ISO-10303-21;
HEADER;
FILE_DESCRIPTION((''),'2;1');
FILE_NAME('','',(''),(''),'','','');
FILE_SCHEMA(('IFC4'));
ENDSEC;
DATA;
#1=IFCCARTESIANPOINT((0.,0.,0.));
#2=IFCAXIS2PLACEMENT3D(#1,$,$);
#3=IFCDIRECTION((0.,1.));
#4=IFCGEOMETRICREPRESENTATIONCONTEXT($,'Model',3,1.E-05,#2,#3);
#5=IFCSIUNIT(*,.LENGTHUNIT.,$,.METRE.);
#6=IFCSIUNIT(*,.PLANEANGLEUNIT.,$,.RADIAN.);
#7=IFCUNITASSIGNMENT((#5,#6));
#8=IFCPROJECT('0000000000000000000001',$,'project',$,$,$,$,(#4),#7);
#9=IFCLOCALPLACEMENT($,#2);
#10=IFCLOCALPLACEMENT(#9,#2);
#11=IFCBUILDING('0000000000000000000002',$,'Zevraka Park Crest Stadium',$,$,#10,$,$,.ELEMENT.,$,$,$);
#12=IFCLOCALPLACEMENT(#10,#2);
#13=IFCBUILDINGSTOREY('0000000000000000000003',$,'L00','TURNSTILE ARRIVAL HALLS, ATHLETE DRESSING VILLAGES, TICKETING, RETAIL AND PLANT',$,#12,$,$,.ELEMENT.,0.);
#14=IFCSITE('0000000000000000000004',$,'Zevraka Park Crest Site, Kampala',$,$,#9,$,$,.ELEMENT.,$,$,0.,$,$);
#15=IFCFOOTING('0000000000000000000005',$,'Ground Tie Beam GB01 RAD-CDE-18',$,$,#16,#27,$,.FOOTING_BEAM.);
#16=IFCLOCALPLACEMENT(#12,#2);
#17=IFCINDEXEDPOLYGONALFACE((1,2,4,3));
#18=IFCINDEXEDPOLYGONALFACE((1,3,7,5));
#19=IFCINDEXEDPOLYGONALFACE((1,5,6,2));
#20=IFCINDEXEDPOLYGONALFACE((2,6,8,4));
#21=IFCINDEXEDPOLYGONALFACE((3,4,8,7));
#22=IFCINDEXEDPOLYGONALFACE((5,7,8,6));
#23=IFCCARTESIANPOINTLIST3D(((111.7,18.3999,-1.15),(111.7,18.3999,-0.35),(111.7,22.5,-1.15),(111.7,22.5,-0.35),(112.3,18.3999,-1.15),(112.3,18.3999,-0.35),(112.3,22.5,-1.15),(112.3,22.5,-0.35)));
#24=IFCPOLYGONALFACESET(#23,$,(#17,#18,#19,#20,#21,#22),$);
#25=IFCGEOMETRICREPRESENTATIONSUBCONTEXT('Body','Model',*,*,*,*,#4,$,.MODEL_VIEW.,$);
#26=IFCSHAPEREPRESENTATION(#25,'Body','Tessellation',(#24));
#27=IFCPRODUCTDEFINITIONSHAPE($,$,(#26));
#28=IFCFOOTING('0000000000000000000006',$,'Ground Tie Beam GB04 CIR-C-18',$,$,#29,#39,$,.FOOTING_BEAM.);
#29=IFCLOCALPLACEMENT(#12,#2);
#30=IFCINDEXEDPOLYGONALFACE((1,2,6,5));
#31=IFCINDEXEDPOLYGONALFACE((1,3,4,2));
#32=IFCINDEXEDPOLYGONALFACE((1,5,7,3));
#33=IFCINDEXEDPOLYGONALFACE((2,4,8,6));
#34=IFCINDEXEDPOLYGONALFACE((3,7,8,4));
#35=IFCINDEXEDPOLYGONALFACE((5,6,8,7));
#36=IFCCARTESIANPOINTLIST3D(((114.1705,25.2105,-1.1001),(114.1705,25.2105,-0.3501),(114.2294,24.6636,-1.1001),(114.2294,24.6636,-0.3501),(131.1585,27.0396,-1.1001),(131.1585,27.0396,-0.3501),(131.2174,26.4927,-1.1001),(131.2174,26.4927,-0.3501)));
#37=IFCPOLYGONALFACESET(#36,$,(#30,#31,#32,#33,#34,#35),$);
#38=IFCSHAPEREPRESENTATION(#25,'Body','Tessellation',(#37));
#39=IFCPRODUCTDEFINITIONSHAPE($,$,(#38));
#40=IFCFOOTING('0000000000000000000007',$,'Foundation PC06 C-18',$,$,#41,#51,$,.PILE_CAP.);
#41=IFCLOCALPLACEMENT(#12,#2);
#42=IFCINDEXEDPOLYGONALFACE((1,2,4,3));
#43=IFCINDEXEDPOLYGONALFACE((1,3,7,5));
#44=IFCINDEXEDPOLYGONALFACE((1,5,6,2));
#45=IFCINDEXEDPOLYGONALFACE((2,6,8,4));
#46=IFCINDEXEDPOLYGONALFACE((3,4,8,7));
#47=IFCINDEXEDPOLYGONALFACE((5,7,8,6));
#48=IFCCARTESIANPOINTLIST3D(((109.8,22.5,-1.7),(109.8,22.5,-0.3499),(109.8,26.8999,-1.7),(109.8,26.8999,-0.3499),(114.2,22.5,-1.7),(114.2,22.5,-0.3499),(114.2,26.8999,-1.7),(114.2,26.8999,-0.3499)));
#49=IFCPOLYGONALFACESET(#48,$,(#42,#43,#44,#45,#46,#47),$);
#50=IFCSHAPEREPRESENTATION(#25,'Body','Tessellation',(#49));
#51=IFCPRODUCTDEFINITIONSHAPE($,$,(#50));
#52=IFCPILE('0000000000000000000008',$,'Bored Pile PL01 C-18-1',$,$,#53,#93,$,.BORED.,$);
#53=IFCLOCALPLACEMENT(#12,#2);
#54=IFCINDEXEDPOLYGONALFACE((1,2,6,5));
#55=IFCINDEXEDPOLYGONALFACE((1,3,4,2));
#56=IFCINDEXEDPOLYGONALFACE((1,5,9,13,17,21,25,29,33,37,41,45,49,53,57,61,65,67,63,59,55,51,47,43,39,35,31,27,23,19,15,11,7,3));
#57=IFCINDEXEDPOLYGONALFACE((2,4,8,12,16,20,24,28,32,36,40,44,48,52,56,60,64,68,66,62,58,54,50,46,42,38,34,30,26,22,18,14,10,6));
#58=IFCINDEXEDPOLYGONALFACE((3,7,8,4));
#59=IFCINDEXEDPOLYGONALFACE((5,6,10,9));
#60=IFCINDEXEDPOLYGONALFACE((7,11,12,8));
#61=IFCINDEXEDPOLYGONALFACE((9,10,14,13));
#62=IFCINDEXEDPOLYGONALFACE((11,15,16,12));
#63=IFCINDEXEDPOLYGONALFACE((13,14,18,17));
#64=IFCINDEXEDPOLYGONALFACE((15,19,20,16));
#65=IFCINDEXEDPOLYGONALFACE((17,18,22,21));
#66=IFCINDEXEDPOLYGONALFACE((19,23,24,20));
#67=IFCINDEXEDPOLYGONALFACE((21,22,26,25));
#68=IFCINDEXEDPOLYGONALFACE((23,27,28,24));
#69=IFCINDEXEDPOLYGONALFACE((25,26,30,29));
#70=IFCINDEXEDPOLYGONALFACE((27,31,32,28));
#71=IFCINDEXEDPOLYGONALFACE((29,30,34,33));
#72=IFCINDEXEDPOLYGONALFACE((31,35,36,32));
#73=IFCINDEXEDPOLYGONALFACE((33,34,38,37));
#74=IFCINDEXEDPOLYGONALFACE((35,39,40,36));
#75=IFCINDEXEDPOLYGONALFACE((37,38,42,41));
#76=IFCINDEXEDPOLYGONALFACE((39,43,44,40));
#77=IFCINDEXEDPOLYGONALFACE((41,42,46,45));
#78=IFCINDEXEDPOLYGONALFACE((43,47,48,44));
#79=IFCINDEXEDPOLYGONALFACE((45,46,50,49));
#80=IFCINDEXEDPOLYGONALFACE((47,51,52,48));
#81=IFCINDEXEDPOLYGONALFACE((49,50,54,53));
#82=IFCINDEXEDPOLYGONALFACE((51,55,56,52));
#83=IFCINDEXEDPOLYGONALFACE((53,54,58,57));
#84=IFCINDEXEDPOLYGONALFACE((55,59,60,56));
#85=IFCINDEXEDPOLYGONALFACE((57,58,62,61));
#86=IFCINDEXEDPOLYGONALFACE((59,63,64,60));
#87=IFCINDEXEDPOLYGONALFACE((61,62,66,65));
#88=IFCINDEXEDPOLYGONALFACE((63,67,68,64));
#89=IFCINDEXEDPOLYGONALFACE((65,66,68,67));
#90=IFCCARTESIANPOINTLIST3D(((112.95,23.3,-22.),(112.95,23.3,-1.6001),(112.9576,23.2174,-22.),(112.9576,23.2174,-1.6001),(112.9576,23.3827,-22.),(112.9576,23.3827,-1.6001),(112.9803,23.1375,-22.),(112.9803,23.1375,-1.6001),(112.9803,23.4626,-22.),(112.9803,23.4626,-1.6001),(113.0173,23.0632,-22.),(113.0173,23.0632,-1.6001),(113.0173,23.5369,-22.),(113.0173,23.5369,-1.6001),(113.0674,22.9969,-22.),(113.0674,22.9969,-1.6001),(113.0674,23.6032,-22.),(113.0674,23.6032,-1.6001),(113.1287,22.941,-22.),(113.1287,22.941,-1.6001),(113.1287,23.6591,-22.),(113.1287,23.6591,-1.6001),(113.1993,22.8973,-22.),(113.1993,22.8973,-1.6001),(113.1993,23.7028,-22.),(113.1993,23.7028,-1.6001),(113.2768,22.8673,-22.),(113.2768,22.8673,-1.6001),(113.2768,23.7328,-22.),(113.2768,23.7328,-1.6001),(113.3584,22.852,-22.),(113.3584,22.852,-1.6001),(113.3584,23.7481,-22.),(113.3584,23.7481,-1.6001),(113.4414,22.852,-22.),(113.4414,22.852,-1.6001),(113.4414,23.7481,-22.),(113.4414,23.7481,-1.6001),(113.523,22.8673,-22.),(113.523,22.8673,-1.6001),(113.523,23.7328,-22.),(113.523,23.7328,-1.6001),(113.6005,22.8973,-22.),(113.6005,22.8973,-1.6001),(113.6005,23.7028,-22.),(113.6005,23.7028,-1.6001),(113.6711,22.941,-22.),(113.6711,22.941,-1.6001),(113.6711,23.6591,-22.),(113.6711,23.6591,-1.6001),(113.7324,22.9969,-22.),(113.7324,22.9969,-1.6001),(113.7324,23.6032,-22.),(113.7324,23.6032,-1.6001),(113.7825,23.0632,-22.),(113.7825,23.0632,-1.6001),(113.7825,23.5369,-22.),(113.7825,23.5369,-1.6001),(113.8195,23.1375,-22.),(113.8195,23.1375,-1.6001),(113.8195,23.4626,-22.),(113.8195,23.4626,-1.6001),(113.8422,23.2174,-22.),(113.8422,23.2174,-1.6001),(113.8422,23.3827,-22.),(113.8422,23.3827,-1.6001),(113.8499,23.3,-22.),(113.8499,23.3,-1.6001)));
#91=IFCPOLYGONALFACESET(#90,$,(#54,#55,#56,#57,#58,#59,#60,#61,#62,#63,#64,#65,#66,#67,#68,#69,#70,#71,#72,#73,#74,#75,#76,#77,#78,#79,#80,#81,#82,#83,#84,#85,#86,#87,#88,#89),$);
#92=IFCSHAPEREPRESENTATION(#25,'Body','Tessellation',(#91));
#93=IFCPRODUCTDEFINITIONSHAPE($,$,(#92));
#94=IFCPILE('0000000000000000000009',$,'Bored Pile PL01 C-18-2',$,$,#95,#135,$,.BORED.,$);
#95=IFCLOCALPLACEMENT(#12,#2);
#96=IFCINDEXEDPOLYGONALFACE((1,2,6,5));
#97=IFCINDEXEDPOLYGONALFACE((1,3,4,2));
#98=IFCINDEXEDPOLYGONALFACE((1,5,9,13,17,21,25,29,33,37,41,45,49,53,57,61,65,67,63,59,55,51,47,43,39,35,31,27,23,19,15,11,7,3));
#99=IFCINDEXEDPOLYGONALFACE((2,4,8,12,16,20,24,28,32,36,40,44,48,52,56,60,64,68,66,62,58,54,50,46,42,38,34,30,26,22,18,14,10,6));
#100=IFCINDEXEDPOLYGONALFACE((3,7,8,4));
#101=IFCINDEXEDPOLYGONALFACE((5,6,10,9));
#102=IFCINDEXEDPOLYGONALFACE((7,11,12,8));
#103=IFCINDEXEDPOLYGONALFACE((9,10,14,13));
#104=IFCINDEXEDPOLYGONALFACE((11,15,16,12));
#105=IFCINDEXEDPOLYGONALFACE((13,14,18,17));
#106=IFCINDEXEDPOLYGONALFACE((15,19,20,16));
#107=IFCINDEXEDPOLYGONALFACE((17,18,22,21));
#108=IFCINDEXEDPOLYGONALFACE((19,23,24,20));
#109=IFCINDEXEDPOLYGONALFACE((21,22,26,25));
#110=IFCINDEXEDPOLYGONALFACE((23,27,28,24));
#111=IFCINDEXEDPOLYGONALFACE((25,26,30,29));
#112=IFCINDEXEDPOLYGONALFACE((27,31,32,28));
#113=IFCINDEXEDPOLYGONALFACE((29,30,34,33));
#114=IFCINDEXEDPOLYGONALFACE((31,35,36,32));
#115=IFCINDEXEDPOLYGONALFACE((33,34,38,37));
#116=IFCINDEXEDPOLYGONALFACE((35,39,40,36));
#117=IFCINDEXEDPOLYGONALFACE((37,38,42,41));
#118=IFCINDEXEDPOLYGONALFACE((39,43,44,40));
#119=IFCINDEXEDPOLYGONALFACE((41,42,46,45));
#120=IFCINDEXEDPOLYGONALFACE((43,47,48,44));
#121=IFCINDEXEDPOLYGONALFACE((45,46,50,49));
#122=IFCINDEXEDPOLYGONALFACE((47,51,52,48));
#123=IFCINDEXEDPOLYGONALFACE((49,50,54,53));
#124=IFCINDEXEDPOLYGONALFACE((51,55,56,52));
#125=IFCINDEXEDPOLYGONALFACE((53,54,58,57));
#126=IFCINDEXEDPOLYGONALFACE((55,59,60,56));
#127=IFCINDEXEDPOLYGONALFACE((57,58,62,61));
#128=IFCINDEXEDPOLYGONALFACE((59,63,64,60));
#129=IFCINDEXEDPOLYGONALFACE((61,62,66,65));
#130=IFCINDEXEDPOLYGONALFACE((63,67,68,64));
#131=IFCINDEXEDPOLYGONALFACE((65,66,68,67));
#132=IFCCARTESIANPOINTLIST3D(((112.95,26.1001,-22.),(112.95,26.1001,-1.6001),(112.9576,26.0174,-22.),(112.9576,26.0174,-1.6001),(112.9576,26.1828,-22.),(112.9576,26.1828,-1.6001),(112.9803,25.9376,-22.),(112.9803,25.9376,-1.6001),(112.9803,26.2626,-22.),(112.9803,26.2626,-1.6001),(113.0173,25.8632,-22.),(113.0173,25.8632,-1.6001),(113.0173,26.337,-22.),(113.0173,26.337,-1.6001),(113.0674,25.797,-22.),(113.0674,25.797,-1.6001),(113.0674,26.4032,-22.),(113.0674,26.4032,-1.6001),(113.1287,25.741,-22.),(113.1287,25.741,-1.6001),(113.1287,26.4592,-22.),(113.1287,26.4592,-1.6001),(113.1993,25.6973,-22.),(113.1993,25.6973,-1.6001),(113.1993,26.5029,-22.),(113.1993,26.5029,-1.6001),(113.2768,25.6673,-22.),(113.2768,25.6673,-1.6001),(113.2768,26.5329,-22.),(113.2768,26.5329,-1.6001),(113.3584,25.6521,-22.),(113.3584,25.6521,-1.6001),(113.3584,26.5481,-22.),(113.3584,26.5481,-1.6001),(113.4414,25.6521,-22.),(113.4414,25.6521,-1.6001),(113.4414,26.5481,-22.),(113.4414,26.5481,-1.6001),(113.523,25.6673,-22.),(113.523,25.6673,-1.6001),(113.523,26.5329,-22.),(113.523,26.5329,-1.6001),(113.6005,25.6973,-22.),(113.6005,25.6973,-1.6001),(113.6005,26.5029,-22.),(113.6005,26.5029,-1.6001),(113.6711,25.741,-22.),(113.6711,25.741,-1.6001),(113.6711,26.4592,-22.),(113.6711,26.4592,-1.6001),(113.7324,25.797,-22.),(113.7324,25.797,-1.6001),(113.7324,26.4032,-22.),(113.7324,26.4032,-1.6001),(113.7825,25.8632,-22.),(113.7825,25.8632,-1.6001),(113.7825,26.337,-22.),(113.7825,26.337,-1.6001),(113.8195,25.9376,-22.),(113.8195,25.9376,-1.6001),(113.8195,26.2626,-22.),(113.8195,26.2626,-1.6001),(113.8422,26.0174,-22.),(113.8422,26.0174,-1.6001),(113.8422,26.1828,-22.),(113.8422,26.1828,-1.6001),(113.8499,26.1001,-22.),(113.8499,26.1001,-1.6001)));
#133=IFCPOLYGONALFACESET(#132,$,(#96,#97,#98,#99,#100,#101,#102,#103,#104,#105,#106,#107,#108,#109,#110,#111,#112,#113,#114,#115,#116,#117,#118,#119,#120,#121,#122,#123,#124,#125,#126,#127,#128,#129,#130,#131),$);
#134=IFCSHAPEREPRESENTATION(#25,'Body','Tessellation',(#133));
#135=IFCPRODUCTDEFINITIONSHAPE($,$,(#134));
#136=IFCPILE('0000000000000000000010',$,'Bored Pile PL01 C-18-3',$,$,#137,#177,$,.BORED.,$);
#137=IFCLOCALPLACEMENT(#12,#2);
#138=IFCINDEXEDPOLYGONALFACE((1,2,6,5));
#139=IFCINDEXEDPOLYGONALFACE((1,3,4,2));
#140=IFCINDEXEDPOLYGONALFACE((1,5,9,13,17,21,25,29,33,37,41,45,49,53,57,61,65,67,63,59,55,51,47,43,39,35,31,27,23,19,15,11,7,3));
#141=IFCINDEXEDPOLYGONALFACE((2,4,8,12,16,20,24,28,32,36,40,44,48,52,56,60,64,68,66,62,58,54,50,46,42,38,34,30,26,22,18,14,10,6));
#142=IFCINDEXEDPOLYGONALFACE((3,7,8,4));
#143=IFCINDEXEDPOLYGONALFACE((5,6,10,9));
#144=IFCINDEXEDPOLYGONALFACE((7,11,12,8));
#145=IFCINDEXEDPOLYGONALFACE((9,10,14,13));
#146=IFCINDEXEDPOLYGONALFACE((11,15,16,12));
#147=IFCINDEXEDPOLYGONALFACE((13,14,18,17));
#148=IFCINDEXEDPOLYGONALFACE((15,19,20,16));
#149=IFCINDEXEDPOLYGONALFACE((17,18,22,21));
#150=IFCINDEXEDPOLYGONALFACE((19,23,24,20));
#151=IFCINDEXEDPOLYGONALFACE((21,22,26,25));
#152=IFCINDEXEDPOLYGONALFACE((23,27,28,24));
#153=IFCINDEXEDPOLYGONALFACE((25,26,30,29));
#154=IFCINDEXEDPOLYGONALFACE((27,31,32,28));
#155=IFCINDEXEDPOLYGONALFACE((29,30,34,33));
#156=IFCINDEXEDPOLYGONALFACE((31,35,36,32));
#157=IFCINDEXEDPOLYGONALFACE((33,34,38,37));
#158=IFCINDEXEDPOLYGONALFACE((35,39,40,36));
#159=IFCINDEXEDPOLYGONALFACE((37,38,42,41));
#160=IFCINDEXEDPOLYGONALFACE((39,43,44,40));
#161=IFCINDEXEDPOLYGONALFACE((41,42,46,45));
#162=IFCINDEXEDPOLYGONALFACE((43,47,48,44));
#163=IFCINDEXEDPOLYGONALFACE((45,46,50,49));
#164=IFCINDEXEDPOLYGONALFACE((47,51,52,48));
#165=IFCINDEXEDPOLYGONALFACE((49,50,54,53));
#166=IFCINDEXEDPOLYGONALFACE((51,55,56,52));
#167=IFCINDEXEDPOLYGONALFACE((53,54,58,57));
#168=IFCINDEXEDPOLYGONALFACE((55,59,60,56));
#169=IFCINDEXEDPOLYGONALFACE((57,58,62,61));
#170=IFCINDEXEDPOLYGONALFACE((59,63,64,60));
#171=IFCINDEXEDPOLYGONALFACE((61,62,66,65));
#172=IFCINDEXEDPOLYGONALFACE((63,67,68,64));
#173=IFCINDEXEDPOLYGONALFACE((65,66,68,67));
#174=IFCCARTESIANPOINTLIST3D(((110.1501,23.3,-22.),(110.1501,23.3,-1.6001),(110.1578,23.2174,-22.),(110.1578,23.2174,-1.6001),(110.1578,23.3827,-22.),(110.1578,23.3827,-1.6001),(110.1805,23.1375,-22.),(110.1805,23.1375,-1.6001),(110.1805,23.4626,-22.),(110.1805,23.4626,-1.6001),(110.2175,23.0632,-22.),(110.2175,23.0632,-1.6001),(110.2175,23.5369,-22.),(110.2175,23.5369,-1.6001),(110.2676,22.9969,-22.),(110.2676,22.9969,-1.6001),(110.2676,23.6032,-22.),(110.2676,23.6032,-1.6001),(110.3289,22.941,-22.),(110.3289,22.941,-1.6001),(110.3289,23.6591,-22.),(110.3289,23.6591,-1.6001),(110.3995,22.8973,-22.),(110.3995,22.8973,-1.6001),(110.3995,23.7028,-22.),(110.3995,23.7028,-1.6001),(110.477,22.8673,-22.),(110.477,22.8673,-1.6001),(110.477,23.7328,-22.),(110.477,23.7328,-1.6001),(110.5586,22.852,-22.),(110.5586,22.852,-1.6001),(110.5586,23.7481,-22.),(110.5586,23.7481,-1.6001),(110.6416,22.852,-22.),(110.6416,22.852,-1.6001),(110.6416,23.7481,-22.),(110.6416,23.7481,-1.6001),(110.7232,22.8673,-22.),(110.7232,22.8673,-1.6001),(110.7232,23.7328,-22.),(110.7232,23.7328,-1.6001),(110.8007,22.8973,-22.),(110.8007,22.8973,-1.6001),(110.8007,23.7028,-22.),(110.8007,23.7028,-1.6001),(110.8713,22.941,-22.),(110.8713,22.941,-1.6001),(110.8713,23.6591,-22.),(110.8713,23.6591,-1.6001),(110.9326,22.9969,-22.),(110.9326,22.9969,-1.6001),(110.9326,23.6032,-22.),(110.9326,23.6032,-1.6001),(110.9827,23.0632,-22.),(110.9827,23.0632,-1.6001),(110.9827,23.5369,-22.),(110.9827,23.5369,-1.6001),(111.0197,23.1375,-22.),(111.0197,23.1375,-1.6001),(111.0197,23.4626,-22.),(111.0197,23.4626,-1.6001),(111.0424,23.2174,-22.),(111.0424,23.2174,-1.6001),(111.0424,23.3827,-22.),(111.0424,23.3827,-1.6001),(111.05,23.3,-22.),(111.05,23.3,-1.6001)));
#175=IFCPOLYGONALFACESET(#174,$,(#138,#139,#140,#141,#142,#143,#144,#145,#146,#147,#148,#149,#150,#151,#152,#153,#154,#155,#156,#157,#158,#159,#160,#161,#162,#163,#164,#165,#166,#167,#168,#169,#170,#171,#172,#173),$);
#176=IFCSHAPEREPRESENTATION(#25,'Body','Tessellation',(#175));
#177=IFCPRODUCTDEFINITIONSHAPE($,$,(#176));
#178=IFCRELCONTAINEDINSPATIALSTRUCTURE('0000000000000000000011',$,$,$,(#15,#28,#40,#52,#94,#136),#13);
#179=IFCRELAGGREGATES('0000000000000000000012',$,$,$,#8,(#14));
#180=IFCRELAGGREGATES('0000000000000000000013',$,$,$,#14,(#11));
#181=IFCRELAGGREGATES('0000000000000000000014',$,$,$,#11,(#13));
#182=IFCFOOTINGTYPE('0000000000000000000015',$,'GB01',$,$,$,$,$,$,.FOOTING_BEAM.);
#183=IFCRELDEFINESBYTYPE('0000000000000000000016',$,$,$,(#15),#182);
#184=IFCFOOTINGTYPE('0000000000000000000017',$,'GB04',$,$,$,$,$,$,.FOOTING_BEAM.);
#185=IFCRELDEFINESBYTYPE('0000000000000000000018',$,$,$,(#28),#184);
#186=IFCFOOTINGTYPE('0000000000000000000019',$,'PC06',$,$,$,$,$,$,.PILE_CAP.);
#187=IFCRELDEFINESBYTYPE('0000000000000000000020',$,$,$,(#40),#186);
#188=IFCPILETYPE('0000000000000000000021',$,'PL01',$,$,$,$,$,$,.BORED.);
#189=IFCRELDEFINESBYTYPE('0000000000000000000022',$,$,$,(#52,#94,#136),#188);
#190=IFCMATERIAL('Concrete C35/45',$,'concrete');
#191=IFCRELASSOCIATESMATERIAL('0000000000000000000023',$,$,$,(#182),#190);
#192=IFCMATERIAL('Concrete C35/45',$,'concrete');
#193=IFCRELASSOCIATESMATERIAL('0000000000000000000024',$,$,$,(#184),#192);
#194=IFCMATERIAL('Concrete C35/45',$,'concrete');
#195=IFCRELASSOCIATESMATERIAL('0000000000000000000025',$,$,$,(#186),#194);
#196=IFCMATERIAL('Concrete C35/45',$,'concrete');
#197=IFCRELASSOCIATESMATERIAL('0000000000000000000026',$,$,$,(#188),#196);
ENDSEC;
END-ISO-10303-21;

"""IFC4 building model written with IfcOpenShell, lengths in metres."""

from ifc_helpers import new_model, si_unit, direction, frame, origin, origin_2d, place, context, subcontext, project, spatial, rectangle, circle, extrude, material, material_profile, profile_set, type_object, element, save


model = new_model("IFC4")

# Units and contexts
model_context = context("Model", 3, precision=1e-05, world=origin(), true_north=direction((0.0, 1.0)))
body_context = subcontext(model_context, "Body", "Model", "MODEL_VIEW")
ifc_project = project(units=[si_unit("LENGTHUNIT", "METRE"), si_unit("PLANEANGLEUNIT", "RADIAN")], contexts=[model_context])

# Site, building, storey
site_placement = place(None, origin())
site = spatial("IfcSite", under=ifc_project, at=site_placement, Name="Zevraka Park Crest Site, Kampala", CompositionType="ELEMENT", RefElevation=0.0)
building_placement = place(site_placement, origin())
building = spatial("IfcBuilding", under=site, at=building_placement, Name="Zevraka Park Crest Stadium", CompositionType="ELEMENT")
storey_placement = place(building_placement, origin())
storey = spatial("IfcBuildingStorey", under=building, at=storey_placement, Name="L00", Description="TURNSTILE ARRIVAL HALLS, ATHLETE DRESSING VILLAGES, TICKETING, RETAIL AND PLANT", CompositionType="ELEMENT", Elevation=0.0)

# Footings
ifc_material_1 = material(Name="Concrete C35/45", Category="concrete")
ifc_material_profile_1 = material_profile(ifc_material_1, rectangle(XDim=0.6001, YDim=0.8, at=origin_2d()), Name="GB 800x600")
ifc_profile_set_1 = profile_set([ifc_material_profile_1], Name="Concrete C35/45")
footing_type_1 = type_object("IfcFootingType", Name="GB01", PredefinedType="FOOTING_BEAM", material=ifc_profile_set_1)
footing_1_placement = place(storey_placement, frame((112.0, 22.5, -0.75), z_axis=(0.0, -1.0, 0.0), x_axis=(1.0, 0.0, 0.0)))
element("IfcFooting", 1, at=footing_1_placement, inside=storey, type_object=footing_type_1, Name="Ground Tie Beam GB01 RAD-CDE-18", PredefinedType="FOOTING_BEAM", context=body_context, shape_type="SweptSolid", body=[
    extrude(rectangle(XDim=0.6001, YDim=0.8, at=origin_2d()), origin(), (0.0, 0.0, 1.0), 4.1001),
])
ifc_material_2 = material(Name="Concrete C35/45", Category="concrete")
ifc_material_profile_2 = material_profile(ifc_material_2, rectangle(XDim=0.55, YDim=0.75, at=origin_2d()), Name="GB 750x550")
ifc_profile_set_2 = profile_set([ifc_material_profile_2], Name="Concrete C35/45")
footing_type_2 = type_object("IfcFootingType", Name="GB04", PredefinedType="FOOTING_BEAM", material=ifc_profile_set_2)
footing_2_placement = place(storey_placement, frame((114.2, 24.937, -0.7251), z_axis=(0.994254, 0.107051, 0.0), x_axis=(-0.107051, 0.994254, 0.0)))
element("IfcFooting", 2, at=footing_2_placement, inside=storey, type_object=footing_type_2, Name="Ground Tie Beam GB04 CIR-C-18", PredefinedType="FOOTING_BEAM", context=body_context, shape_type="SweptSolid", body=[
    extrude(rectangle(XDim=0.55, YDim=0.75, at=origin_2d()), origin(), (0.0, 0.0, 1.0), 17.0862),
])
ifc_material_3 = material(Name="Concrete C35/45", Category="concrete")
footing_type_3 = type_object("IfcFootingType", Name="PC06", PredefinedType="PILE_CAP", material=ifc_material_3)
footing_3_placement = place(storey_placement, frame((112.0, 24.7, -1.7), z_axis=(0.0, 0.0, 1.0), x_axis=(0.0, 1.0, 0.0)))
element("IfcFooting", 3, at=footing_3_placement, inside=storey, type_object=footing_type_3, Name="Foundation PC06 C-18", PredefinedType="PILE_CAP", context=body_context, shape_type="SweptSolid", body=[
    extrude(rectangle(XDim=4.3999, YDim=4.3999, at=origin_2d()), origin(), (0.0, 0.0, 1.0), 1.3501),
])

# Piles
ifc_material_4 = material(Name="Concrete C35/45", Category="concrete")
ifc_material_profile_3 = material_profile(ifc_material_4, circle(Radius=0.45, at=origin_2d()), Name="PILE D900")
ifc_profile_set_3 = profile_set([ifc_material_profile_3], Name="Concrete C35/45")
pile_type = type_object("IfcPileType", Name="PL01", PredefinedType="BORED", material=ifc_profile_set_3)
for number, where, z_axis, x_axis, name in (
    (4, (113.3999, 23.3, -1.6001), (0.0, 0.0, -1.0), (1.0, 0.0, 0.0), "Bored Pile PL01 C-18-1"),
    (5, (113.3999, 26.1001, -1.6001), (0.0, 0.0, -1.0), (1.0, 0.0, 0.0), "Bored Pile PL01 C-18-2"),
    (6, (110.6001, 23.3, -1.6001), (0.0, 0.0, -1.0), (1.0, 0.0, 0.0), "Bored Pile PL01 C-18-3"),
):
    element("IfcPile", number, at=place(storey_placement, frame(where, z_axis=z_axis, x_axis=x_axis)), inside=storey, type_object=pile_type, Name=name, PredefinedType="BORED", context=body_context, shape_type="SweptSolid", body=[
        extrude(circle(Radius=0.45, at=origin_2d()), origin(), (0.0, 0.0, 1.0), 20.3999),
    ])

save(model, "model.ifc")
